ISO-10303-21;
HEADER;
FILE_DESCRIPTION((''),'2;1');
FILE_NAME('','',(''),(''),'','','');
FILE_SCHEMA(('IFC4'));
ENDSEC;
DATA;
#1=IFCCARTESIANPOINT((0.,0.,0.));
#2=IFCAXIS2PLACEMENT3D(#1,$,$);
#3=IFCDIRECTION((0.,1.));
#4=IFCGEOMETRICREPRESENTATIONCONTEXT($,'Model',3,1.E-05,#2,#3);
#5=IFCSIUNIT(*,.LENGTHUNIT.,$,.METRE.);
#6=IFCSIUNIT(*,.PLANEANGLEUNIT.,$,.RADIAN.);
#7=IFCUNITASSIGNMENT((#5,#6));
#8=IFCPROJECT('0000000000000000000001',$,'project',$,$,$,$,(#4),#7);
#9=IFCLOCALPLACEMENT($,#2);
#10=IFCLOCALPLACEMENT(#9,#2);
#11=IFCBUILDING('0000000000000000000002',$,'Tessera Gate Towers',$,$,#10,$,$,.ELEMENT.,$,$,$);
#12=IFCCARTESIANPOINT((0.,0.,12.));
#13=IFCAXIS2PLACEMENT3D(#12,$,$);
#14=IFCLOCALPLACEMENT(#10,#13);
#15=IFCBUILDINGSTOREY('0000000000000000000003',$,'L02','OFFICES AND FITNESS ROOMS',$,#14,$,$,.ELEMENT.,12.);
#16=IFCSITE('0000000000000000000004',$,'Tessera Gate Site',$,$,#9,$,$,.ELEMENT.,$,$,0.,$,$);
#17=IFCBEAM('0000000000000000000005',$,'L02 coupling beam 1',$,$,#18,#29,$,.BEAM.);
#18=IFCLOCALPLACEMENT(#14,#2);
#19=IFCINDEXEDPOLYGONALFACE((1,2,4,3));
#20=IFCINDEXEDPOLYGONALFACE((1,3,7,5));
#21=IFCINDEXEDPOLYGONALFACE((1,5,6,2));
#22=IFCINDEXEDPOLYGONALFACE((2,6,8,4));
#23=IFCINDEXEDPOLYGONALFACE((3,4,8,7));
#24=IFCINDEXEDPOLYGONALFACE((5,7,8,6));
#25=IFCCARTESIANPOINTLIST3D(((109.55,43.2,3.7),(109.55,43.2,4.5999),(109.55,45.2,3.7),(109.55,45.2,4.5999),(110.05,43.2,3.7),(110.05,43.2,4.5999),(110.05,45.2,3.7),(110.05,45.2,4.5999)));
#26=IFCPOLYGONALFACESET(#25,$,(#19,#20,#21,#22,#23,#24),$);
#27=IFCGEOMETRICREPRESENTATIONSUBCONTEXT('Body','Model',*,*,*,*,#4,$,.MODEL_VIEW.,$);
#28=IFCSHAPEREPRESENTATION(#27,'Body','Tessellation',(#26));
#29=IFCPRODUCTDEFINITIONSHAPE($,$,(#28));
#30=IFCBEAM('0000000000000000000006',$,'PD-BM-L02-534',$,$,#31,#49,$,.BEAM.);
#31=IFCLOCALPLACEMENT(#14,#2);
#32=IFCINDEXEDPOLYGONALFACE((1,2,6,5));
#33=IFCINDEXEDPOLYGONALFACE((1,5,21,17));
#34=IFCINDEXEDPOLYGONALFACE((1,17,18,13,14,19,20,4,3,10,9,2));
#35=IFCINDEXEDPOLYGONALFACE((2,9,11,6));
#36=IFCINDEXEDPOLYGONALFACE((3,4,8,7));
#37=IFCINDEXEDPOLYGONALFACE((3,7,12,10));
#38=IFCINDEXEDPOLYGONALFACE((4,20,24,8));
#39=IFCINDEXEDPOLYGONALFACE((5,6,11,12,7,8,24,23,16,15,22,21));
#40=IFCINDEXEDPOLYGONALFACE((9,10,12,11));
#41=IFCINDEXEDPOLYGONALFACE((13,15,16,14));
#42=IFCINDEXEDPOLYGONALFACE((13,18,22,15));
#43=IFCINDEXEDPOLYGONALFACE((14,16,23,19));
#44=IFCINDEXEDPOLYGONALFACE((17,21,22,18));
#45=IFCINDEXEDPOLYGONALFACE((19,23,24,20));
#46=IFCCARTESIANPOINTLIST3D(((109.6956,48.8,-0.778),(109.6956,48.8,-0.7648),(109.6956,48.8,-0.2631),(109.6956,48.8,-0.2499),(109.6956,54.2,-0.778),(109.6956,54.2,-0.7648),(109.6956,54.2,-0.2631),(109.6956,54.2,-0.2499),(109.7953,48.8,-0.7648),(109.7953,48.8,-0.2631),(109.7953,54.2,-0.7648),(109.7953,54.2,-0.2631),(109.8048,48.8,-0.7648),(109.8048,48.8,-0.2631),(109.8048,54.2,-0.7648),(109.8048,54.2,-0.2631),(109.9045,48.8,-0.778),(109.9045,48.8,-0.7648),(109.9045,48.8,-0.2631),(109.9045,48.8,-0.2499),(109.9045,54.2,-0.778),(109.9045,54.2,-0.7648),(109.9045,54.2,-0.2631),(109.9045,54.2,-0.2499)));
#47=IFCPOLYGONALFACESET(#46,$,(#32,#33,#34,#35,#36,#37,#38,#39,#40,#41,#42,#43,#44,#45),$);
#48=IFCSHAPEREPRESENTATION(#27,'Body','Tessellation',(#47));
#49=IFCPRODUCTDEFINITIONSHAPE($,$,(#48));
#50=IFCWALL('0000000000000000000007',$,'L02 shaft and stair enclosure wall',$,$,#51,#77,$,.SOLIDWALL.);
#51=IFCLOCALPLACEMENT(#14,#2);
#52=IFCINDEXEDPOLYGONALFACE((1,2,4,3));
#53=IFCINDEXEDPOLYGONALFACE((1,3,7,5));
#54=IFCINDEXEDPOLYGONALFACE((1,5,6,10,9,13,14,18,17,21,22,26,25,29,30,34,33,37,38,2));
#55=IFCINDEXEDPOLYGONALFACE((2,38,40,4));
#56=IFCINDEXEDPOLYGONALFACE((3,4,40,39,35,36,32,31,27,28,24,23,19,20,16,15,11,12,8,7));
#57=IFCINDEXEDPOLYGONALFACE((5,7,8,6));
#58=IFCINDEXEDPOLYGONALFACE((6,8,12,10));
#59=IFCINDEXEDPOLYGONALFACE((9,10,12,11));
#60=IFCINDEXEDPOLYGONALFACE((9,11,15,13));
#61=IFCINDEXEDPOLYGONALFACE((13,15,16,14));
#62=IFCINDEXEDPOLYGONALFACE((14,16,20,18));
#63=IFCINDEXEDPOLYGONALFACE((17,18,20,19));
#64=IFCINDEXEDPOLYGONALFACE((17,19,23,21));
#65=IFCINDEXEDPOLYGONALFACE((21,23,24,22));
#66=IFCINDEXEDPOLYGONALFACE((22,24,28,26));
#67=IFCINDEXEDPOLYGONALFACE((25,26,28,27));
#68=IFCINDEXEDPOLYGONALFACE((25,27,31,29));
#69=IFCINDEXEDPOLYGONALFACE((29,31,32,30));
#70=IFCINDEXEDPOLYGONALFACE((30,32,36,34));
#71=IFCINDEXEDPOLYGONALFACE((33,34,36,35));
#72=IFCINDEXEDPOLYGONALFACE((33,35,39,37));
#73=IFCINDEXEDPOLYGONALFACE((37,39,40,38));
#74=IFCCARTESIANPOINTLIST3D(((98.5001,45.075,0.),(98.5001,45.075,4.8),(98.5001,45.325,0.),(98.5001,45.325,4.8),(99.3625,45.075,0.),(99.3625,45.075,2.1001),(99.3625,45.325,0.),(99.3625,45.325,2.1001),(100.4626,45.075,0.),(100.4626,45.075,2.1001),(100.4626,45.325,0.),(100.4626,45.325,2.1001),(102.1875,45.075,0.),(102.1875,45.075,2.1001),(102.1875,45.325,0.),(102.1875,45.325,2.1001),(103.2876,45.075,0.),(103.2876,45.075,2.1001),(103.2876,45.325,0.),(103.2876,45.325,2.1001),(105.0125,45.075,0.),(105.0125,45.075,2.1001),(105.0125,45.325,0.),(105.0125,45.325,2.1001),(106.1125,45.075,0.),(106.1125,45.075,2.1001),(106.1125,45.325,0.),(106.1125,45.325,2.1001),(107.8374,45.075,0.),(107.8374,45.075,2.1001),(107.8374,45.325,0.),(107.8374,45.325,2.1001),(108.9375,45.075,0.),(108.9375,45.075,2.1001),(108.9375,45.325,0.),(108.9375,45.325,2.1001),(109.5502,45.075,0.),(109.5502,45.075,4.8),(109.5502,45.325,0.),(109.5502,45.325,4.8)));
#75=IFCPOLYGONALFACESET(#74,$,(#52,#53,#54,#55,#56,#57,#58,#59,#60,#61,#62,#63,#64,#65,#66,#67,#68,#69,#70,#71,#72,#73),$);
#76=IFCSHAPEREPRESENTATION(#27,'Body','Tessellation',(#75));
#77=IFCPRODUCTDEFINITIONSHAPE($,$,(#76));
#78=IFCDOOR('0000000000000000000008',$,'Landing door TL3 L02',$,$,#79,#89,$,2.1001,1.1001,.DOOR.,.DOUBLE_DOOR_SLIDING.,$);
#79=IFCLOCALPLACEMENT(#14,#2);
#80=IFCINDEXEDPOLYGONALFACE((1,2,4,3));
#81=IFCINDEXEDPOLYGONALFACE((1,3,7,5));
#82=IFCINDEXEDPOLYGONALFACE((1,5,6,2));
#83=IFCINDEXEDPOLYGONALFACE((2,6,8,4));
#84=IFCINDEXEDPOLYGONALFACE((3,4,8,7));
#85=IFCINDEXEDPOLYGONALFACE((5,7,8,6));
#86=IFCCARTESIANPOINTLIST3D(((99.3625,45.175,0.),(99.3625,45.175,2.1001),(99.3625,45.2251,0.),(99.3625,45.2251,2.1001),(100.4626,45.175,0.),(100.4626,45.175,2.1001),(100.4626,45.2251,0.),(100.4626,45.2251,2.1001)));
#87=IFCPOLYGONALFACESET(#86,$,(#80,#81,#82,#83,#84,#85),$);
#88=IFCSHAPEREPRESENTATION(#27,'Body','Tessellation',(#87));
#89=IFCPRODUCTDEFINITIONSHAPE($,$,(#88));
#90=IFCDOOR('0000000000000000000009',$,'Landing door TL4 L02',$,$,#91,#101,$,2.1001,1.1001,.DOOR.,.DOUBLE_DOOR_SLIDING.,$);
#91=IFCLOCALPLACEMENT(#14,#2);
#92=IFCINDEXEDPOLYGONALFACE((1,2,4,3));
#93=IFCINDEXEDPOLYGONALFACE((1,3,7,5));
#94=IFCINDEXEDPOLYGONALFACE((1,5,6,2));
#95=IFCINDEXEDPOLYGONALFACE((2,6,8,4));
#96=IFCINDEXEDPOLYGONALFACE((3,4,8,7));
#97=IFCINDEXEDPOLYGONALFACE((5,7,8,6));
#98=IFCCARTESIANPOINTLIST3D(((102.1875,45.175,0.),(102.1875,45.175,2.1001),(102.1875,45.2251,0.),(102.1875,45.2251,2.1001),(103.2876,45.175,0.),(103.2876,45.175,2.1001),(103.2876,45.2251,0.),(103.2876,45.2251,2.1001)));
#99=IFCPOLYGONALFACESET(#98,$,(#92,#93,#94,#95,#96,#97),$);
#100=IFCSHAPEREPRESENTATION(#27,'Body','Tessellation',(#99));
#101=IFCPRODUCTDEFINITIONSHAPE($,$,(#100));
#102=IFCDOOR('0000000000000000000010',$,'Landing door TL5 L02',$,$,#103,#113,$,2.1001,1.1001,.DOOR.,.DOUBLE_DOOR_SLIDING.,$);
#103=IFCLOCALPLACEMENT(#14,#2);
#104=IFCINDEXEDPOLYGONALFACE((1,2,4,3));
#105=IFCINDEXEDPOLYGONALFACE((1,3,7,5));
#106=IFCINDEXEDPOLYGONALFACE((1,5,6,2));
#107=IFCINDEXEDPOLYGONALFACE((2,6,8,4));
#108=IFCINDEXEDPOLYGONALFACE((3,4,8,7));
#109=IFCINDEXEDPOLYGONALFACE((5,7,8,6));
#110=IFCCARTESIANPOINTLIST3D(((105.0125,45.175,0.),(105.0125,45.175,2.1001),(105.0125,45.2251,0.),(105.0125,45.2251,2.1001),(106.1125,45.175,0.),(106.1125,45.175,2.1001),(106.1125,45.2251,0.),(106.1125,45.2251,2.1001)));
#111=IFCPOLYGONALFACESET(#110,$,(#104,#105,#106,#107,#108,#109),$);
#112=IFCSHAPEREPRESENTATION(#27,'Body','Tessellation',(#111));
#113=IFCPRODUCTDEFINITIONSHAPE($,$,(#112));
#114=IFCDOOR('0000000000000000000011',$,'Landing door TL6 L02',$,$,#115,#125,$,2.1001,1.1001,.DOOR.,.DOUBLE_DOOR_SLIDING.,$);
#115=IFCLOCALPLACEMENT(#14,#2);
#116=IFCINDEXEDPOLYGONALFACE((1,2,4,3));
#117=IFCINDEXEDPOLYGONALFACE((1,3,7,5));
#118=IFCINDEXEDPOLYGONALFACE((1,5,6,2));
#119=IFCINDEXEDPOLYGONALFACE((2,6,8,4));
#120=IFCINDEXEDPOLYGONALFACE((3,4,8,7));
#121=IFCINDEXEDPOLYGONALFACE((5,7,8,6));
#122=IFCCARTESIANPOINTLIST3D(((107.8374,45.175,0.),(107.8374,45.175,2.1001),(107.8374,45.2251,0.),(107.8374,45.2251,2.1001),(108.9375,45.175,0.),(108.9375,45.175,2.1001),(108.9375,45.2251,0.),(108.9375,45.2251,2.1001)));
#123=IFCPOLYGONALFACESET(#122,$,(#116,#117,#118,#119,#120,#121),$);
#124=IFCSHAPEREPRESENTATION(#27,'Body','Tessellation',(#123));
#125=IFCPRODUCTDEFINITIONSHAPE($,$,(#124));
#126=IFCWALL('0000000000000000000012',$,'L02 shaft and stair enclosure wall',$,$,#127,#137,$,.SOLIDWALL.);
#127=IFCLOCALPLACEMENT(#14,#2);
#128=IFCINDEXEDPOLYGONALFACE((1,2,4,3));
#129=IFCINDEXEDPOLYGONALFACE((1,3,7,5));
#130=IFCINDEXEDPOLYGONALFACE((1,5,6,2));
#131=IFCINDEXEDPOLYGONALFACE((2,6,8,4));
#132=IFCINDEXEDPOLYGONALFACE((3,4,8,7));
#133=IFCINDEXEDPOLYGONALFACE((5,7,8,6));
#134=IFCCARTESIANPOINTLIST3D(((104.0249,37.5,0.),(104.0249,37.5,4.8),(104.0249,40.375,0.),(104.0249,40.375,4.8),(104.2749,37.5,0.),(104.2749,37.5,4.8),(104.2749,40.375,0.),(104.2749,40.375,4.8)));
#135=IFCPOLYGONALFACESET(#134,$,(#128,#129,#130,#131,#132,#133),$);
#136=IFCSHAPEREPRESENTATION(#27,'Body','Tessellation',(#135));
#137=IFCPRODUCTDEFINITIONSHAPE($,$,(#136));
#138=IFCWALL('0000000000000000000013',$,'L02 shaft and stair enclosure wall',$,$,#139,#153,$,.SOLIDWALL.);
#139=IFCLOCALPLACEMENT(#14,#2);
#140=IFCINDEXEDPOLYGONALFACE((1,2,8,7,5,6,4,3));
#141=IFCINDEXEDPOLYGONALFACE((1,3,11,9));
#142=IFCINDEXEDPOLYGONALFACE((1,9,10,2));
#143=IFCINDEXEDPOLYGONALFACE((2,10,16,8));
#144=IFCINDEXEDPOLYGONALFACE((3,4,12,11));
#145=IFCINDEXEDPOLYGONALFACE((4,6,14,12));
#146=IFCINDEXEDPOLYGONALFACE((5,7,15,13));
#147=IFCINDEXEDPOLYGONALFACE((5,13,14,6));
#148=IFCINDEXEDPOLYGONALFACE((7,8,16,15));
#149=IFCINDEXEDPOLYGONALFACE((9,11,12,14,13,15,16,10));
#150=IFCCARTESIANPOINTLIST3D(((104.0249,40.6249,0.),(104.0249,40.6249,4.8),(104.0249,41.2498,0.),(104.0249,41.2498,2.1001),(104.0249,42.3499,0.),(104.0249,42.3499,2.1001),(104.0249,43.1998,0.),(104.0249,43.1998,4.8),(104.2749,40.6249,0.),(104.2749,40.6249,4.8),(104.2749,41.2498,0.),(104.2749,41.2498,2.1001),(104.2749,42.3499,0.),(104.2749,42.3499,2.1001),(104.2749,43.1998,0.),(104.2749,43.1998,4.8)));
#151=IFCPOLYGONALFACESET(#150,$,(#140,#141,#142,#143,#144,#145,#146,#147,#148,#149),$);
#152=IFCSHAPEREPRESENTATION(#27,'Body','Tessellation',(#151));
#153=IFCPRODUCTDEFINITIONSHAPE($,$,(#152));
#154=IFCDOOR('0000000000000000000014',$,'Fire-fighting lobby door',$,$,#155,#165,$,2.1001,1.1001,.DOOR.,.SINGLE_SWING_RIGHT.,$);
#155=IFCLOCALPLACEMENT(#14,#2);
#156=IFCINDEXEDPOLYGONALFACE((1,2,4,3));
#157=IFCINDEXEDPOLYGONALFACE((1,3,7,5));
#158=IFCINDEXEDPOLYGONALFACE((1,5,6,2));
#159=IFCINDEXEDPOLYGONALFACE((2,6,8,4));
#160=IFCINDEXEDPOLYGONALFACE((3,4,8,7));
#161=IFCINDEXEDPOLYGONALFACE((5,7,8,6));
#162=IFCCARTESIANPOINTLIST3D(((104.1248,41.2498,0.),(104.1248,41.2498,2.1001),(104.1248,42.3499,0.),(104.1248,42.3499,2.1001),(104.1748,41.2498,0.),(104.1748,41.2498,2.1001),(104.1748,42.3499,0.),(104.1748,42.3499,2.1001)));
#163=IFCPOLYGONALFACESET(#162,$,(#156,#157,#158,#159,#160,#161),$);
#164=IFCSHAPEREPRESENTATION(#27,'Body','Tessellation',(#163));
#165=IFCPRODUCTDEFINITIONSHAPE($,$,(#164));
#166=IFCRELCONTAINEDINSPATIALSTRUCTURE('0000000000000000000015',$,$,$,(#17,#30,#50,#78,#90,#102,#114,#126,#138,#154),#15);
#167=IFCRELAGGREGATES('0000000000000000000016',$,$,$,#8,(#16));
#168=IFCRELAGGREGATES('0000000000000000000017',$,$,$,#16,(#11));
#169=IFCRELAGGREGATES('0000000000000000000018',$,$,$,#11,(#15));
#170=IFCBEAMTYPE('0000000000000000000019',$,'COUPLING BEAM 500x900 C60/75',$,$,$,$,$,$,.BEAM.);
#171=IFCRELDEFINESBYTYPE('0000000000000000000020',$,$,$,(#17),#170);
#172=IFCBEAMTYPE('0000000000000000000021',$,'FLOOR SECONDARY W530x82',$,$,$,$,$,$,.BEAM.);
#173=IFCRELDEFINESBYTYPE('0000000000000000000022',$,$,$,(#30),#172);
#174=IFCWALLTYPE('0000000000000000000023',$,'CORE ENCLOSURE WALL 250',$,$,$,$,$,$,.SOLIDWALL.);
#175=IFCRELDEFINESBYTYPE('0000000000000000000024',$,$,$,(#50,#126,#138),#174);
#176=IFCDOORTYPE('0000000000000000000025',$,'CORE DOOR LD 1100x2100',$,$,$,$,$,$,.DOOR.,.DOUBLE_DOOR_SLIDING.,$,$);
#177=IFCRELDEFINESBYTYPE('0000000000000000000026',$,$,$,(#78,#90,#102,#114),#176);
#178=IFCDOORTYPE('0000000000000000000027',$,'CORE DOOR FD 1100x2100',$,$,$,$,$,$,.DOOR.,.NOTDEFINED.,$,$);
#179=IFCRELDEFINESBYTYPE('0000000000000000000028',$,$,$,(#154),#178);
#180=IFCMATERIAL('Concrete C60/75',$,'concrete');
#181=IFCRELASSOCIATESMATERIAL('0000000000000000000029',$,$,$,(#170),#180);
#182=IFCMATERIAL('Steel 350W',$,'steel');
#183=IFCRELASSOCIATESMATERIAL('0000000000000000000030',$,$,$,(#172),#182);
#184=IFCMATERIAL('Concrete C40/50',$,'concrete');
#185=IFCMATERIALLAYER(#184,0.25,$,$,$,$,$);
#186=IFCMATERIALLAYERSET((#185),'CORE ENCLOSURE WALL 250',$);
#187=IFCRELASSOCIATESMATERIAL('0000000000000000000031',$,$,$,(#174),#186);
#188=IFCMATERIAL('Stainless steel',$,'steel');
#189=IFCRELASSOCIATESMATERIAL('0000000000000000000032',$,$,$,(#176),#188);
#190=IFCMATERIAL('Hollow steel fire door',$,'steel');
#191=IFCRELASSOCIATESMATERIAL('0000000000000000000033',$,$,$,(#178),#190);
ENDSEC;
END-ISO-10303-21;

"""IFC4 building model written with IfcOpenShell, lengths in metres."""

from ifc_helpers import new_model, si_unit, direction, frame, frame_2d, origin, origin_2d, place, context, subcontext, project, spatial, rectangle, i_section, extrude, source, transform, mapped, material, layer, layer_set, material_profile, profile_set, type_object, element, fill, save


model = new_model("IFC4")

# Units and contexts
model_context = context("Model", 3, precision=1e-05, world=origin(), true_north=direction((0.0, 1.0)))
body_context = subcontext(model_context, "Body", "Model", "MODEL_VIEW")
ifc_project = project(units=[si_unit("LENGTHUNIT", "METRE"), si_unit("PLANEANGLEUNIT", "RADIAN")], contexts=[model_context])

# Site, building, storey
site_placement = place(None, origin())
site = spatial("IfcSite", under=ifc_project, at=site_placement, Name="Tessera Gate Site", CompositionType="ELEMENT", RefElevation=0.0)
building_placement = place(site_placement, origin())
building = spatial("IfcBuilding", under=site, at=building_placement, Name="Tessera Gate Towers", CompositionType="ELEMENT")
storey_placement = place(building_placement, frame((0.0, 0.0, 12.0)))
storey = spatial("IfcBuildingStorey", under=building, at=storey_placement, Name="L02", Description="OFFICES AND FITNESS ROOMS", CompositionType="ELEMENT", Elevation=12.0)

# Beams
ifc_material_1 = material(Name="Concrete C60/75", Category="concrete")
ifc_material_profile_1 = material_profile(ifc_material_1, rectangle(XDim=0.5, YDim=0.8999, at=origin_2d()), Name="RC 500x900")
ifc_profile_set_1 = profile_set([ifc_material_profile_1], Name="Concrete C60/75")
beam_type_1 = type_object("IfcBeamType", Name="COUPLING BEAM 500x900 C60/75", PredefinedType="BEAM", material=ifc_profile_set_1)
beam_1_placement = place(storey_placement, frame((109.8, 43.2, 4.1499), z_axis=(0.0, 1.0, 0.0), x_axis=(-1.0, 0.0, 0.0)))
element("IfcBeam", 1, at=beam_1_placement, inside=storey, type_object=beam_type_1, Name="L02 coupling beam 1", PredefinedType="BEAM", context=body_context, shape_type="SweptSolid", body=[
    extrude(rectangle(XDim=0.5, YDim=0.8999, at=origin_2d()), origin(), (0.0, 0.0, 1.0), 2.0),
])
ifc_material_2 = material(Name="Steel 350W", Category="steel")
ifc_material_profile_2 = material_profile(ifc_material_2, i_section(OverallWidth=0.209, OverallDepth=0.5281, WebThickness=0.0095, FlangeThickness=0.0132, at=origin_2d()), Name="W530x82")
ifc_profile_set_2 = profile_set([ifc_material_profile_2], Name="Steel 350W")
beam_type_2 = type_object("IfcBeamType", Name="FLOOR SECONDARY W530x82", PredefinedType="BEAM", material=ifc_profile_set_2)
beam_2_placement = place(storey_placement, frame((109.8, 48.8, -0.5139), z_axis=(0.0, 1.0, 0.0), x_axis=(-1.0, 0.0, 0.0)))
element("IfcBeam", 2, at=beam_2_placement, inside=storey, type_object=beam_type_2, Name="PD-BM-L02-534", PredefinedType="BEAM", context=body_context, shape_type="SweptSolid", body=[
    extrude(i_section(OverallWidth=0.209, OverallDepth=0.5281, WebThickness=0.0095, FlangeThickness=0.0132, at=origin_2d()), origin(), (0.0, 0.0, 1.0), 5.3999),
])

# Wall, openings, doors
ifc_material_3 = material(Name="Concrete C40/50", Category="concrete")
ifc_layer_1 = layer(ifc_material_3, 0.25)
ifc_layer_set_1 = layer_set([ifc_layer_1], Name="CORE ENCLOSURE WALL 250")
wall_type_1 = type_object("IfcWallType", Name="CORE ENCLOSURE WALL 250", PredefinedType="SOLIDWALL", material=ifc_layer_set_1)
wall_1_placement = place(storey_placement, frame((109.55, 45.2, 0.0), z_axis=(0.0, 0.0, 1.0), x_axis=(-1.0, 0.0, 0.0)))
wall_1 = element("IfcWall", 3, at=wall_1_placement, inside=storey, type_object=wall_type_1, Name="L02 shaft and stair enclosure wall", PredefinedType="SOLIDWALL", context=body_context, shape_type="SweptSolid", body=[
    extrude(rectangle(XDim=11.05, YDim=0.25, at=frame_2d((5.5249, 0.0))), origin(), (0.0, 0.0, 1.0), 4.8),
])
shared_shape_1 = source(origin(), body_context, "Body", "SweptSolid", [
    extrude(rectangle(XDim=1.1001, YDim=2.1001, at=frame_2d((0.55, 1.05))), frame((0.0, 0.135, 0.0), z_axis=(0.0, -1.0, 0.0), x_axis=(1.0, 0.0, 0.0)), (0.0, 0.0, 1.0), 0.27),
])
opening_1_placement = place(wall_1_placement, frame((9.0874, 0.0, 0.0)))
opening_1 = element("IfcOpeningElement", 4, at=opening_1_placement, cuts=wall_1, PredefinedType="OPENING", context=body_context, shape_type="MappedRepresentation", body=[
    mapped(shared_shape_1, transform((0.0, 0.0, 0.0), scale=1.0)),
])
opening_2_placement = place(wall_1_placement, frame((6.2625, 0.0, 0.0)))
opening_2 = element("IfcOpeningElement", 5, at=opening_2_placement, cuts=wall_1, PredefinedType="OPENING", context=body_context, shape_type="MappedRepresentation", body=[
    mapped(shared_shape_1, transform((0.0, 0.0, 0.0), scale=1.0)),
])
opening_3_placement = place(wall_1_placement, frame((3.4375, 0.0, 0.0)))
opening_3 = element("IfcOpeningElement", 6, at=opening_3_placement, cuts=wall_1, PredefinedType="OPENING", context=body_context, shape_type="MappedRepresentation", body=[
    mapped(shared_shape_1, transform((0.0, 0.0, 0.0), scale=1.0)),
])
opening_4_placement = place(wall_1_placement, frame((0.6125, 0.0, 0.0)))
opening_4 = element("IfcOpeningElement", 7, at=opening_4_placement, cuts=wall_1, PredefinedType="OPENING", context=body_context, shape_type="MappedRepresentation", body=[
    mapped(shared_shape_1, transform((0.0, 0.0, 0.0), scale=1.0)),
])
ifc_material_4 = material(Name="Stainless steel", Category="steel")
door_type_1 = type_object("IfcDoorType", Name="CORE DOOR LD 1100x2100", OperationType="DOUBLE_DOOR_SLIDING", PredefinedType="DOOR", material=ifc_material_4)
shared_shape_2 = source(origin(), body_context, "Body", "SweptSolid", [
    extrude(rectangle(XDim=1.1001, YDim=2.1001, at=frame_2d((0.55, 1.05))), frame((0.0, 0.0249, 0.0), z_axis=(0.0, -1.0, 0.0), x_axis=(1.0, 0.0, 0.0)), (0.0, 0.0, 1.0), 0.05),
])
door_1_placement = place(opening_1_placement, origin())
door_1 = element("IfcDoor", 8, at=door_1_placement, inside=storey, type_object=door_type_1, Name="Landing door TL3 L02", OperationType="DOUBLE_DOOR_SLIDING", OverallHeight=2.1001, OverallWidth=1.1001, PredefinedType="DOOR", context=body_context, shape_type="MappedRepresentation", body=[
    mapped(shared_shape_2, transform((0.0, 0.0, 0.0), scale=1.0)),
])
fill(opening_1, door_1)
door_2_placement = place(opening_2_placement, origin())
door_2 = element("IfcDoor", 9, at=door_2_placement, inside=storey, type_object=door_type_1, Name="Landing door TL4 L02", OperationType="DOUBLE_DOOR_SLIDING", OverallHeight=2.1001, OverallWidth=1.1001, PredefinedType="DOOR", context=body_context, shape_type="MappedRepresentation", body=[
    mapped(shared_shape_2, transform((0.0, 0.0, 0.0), scale=1.0)),
])
fill(opening_2, door_2)
door_3_placement = place(opening_3_placement, origin())
door_3 = element("IfcDoor", 10, at=door_3_placement, inside=storey, type_object=door_type_1, Name="Landing door TL5 L02", OperationType="DOUBLE_DOOR_SLIDING", OverallHeight=2.1001, OverallWidth=1.1001, PredefinedType="DOOR", context=body_context, shape_type="MappedRepresentation", body=[
    mapped(shared_shape_2, transform((0.0, 0.0, 0.0), scale=1.0)),
])
fill(opening_3, door_3)
door_4_placement = place(opening_4_placement, origin())
door_4 = element("IfcDoor", 11, at=door_4_placement, inside=storey, type_object=door_type_1, Name="Landing door TL6 L02", OperationType="DOUBLE_DOOR_SLIDING", OverallHeight=2.1001, OverallWidth=1.1001, PredefinedType="DOOR", context=body_context, shape_type="MappedRepresentation", body=[
    mapped(shared_shape_2, transform((0.0, 0.0, 0.0), scale=1.0)),
])
fill(opening_4, door_4)

# Wall
wall_2_placement = place(storey_placement, frame((104.1499, 37.5, 0.0), z_axis=(0.0, 0.0, 1.0), x_axis=(0.0, 1.0, 0.0)))
element("IfcWall", 12, at=wall_2_placement, inside=storey, type_object=wall_type_1, Name="L02 shaft and stair enclosure wall", PredefinedType="SOLIDWALL", context=body_context, shape_type="SweptSolid", body=[
    extrude(rectangle(XDim=2.875, YDim=0.25, at=frame_2d((1.4375, 0.0))), origin(), (0.0, 0.0, 1.0), 4.8),
])

# Wall, opening, door
wall_3_placement = place(storey_placement, frame((104.1499, 43.2, 0.0), z_axis=(0.0, 0.0, 1.0), x_axis=(0.0, -1.0, 0.0)))
wall_3 = element("IfcWall", 13, at=wall_3_placement, inside=storey, type_object=wall_type_1, Name="L02 shaft and stair enclosure wall", PredefinedType="SOLIDWALL", context=body_context, shape_type="SweptSolid", body=[
    extrude(rectangle(XDim=2.575, YDim=0.25, at=frame_2d((1.2876, 0.0))), origin(), (0.0, 0.0, 1.0), 4.8),
])
opening_5_placement = place(wall_3_placement, frame((0.8501, 0.0, 0.0)))
opening_5 = element("IfcOpeningElement", 14, at=opening_5_placement, cuts=wall_3, PredefinedType="OPENING", context=body_context, shape_type="MappedRepresentation", body=[
    mapped(shared_shape_1, transform((0.0, 0.0, 0.0), scale=1.0)),
])
ifc_material_5 = material(Name="Hollow steel fire door", Category="steel")
door_type_2 = type_object("IfcDoorType", Name="CORE DOOR FD 1100x2100", OperationType="NOTDEFINED", PredefinedType="DOOR", material=ifc_material_5)
door_5_placement = place(opening_5_placement, origin())
door_5 = element("IfcDoor", 15, at=door_5_placement, inside=storey, type_object=door_type_2, Name="Fire-fighting lobby door", OperationType="SINGLE_SWING_RIGHT", OverallHeight=2.1001, OverallWidth=1.1001, PredefinedType="DOOR", context=body_context, shape_type="MappedRepresentation", body=[
    mapped(shared_shape_2, transform((0.0, 0.0, 0.0), scale=1.0)),
])
fill(opening_5, door_5)

save(model, "model.ifc")
